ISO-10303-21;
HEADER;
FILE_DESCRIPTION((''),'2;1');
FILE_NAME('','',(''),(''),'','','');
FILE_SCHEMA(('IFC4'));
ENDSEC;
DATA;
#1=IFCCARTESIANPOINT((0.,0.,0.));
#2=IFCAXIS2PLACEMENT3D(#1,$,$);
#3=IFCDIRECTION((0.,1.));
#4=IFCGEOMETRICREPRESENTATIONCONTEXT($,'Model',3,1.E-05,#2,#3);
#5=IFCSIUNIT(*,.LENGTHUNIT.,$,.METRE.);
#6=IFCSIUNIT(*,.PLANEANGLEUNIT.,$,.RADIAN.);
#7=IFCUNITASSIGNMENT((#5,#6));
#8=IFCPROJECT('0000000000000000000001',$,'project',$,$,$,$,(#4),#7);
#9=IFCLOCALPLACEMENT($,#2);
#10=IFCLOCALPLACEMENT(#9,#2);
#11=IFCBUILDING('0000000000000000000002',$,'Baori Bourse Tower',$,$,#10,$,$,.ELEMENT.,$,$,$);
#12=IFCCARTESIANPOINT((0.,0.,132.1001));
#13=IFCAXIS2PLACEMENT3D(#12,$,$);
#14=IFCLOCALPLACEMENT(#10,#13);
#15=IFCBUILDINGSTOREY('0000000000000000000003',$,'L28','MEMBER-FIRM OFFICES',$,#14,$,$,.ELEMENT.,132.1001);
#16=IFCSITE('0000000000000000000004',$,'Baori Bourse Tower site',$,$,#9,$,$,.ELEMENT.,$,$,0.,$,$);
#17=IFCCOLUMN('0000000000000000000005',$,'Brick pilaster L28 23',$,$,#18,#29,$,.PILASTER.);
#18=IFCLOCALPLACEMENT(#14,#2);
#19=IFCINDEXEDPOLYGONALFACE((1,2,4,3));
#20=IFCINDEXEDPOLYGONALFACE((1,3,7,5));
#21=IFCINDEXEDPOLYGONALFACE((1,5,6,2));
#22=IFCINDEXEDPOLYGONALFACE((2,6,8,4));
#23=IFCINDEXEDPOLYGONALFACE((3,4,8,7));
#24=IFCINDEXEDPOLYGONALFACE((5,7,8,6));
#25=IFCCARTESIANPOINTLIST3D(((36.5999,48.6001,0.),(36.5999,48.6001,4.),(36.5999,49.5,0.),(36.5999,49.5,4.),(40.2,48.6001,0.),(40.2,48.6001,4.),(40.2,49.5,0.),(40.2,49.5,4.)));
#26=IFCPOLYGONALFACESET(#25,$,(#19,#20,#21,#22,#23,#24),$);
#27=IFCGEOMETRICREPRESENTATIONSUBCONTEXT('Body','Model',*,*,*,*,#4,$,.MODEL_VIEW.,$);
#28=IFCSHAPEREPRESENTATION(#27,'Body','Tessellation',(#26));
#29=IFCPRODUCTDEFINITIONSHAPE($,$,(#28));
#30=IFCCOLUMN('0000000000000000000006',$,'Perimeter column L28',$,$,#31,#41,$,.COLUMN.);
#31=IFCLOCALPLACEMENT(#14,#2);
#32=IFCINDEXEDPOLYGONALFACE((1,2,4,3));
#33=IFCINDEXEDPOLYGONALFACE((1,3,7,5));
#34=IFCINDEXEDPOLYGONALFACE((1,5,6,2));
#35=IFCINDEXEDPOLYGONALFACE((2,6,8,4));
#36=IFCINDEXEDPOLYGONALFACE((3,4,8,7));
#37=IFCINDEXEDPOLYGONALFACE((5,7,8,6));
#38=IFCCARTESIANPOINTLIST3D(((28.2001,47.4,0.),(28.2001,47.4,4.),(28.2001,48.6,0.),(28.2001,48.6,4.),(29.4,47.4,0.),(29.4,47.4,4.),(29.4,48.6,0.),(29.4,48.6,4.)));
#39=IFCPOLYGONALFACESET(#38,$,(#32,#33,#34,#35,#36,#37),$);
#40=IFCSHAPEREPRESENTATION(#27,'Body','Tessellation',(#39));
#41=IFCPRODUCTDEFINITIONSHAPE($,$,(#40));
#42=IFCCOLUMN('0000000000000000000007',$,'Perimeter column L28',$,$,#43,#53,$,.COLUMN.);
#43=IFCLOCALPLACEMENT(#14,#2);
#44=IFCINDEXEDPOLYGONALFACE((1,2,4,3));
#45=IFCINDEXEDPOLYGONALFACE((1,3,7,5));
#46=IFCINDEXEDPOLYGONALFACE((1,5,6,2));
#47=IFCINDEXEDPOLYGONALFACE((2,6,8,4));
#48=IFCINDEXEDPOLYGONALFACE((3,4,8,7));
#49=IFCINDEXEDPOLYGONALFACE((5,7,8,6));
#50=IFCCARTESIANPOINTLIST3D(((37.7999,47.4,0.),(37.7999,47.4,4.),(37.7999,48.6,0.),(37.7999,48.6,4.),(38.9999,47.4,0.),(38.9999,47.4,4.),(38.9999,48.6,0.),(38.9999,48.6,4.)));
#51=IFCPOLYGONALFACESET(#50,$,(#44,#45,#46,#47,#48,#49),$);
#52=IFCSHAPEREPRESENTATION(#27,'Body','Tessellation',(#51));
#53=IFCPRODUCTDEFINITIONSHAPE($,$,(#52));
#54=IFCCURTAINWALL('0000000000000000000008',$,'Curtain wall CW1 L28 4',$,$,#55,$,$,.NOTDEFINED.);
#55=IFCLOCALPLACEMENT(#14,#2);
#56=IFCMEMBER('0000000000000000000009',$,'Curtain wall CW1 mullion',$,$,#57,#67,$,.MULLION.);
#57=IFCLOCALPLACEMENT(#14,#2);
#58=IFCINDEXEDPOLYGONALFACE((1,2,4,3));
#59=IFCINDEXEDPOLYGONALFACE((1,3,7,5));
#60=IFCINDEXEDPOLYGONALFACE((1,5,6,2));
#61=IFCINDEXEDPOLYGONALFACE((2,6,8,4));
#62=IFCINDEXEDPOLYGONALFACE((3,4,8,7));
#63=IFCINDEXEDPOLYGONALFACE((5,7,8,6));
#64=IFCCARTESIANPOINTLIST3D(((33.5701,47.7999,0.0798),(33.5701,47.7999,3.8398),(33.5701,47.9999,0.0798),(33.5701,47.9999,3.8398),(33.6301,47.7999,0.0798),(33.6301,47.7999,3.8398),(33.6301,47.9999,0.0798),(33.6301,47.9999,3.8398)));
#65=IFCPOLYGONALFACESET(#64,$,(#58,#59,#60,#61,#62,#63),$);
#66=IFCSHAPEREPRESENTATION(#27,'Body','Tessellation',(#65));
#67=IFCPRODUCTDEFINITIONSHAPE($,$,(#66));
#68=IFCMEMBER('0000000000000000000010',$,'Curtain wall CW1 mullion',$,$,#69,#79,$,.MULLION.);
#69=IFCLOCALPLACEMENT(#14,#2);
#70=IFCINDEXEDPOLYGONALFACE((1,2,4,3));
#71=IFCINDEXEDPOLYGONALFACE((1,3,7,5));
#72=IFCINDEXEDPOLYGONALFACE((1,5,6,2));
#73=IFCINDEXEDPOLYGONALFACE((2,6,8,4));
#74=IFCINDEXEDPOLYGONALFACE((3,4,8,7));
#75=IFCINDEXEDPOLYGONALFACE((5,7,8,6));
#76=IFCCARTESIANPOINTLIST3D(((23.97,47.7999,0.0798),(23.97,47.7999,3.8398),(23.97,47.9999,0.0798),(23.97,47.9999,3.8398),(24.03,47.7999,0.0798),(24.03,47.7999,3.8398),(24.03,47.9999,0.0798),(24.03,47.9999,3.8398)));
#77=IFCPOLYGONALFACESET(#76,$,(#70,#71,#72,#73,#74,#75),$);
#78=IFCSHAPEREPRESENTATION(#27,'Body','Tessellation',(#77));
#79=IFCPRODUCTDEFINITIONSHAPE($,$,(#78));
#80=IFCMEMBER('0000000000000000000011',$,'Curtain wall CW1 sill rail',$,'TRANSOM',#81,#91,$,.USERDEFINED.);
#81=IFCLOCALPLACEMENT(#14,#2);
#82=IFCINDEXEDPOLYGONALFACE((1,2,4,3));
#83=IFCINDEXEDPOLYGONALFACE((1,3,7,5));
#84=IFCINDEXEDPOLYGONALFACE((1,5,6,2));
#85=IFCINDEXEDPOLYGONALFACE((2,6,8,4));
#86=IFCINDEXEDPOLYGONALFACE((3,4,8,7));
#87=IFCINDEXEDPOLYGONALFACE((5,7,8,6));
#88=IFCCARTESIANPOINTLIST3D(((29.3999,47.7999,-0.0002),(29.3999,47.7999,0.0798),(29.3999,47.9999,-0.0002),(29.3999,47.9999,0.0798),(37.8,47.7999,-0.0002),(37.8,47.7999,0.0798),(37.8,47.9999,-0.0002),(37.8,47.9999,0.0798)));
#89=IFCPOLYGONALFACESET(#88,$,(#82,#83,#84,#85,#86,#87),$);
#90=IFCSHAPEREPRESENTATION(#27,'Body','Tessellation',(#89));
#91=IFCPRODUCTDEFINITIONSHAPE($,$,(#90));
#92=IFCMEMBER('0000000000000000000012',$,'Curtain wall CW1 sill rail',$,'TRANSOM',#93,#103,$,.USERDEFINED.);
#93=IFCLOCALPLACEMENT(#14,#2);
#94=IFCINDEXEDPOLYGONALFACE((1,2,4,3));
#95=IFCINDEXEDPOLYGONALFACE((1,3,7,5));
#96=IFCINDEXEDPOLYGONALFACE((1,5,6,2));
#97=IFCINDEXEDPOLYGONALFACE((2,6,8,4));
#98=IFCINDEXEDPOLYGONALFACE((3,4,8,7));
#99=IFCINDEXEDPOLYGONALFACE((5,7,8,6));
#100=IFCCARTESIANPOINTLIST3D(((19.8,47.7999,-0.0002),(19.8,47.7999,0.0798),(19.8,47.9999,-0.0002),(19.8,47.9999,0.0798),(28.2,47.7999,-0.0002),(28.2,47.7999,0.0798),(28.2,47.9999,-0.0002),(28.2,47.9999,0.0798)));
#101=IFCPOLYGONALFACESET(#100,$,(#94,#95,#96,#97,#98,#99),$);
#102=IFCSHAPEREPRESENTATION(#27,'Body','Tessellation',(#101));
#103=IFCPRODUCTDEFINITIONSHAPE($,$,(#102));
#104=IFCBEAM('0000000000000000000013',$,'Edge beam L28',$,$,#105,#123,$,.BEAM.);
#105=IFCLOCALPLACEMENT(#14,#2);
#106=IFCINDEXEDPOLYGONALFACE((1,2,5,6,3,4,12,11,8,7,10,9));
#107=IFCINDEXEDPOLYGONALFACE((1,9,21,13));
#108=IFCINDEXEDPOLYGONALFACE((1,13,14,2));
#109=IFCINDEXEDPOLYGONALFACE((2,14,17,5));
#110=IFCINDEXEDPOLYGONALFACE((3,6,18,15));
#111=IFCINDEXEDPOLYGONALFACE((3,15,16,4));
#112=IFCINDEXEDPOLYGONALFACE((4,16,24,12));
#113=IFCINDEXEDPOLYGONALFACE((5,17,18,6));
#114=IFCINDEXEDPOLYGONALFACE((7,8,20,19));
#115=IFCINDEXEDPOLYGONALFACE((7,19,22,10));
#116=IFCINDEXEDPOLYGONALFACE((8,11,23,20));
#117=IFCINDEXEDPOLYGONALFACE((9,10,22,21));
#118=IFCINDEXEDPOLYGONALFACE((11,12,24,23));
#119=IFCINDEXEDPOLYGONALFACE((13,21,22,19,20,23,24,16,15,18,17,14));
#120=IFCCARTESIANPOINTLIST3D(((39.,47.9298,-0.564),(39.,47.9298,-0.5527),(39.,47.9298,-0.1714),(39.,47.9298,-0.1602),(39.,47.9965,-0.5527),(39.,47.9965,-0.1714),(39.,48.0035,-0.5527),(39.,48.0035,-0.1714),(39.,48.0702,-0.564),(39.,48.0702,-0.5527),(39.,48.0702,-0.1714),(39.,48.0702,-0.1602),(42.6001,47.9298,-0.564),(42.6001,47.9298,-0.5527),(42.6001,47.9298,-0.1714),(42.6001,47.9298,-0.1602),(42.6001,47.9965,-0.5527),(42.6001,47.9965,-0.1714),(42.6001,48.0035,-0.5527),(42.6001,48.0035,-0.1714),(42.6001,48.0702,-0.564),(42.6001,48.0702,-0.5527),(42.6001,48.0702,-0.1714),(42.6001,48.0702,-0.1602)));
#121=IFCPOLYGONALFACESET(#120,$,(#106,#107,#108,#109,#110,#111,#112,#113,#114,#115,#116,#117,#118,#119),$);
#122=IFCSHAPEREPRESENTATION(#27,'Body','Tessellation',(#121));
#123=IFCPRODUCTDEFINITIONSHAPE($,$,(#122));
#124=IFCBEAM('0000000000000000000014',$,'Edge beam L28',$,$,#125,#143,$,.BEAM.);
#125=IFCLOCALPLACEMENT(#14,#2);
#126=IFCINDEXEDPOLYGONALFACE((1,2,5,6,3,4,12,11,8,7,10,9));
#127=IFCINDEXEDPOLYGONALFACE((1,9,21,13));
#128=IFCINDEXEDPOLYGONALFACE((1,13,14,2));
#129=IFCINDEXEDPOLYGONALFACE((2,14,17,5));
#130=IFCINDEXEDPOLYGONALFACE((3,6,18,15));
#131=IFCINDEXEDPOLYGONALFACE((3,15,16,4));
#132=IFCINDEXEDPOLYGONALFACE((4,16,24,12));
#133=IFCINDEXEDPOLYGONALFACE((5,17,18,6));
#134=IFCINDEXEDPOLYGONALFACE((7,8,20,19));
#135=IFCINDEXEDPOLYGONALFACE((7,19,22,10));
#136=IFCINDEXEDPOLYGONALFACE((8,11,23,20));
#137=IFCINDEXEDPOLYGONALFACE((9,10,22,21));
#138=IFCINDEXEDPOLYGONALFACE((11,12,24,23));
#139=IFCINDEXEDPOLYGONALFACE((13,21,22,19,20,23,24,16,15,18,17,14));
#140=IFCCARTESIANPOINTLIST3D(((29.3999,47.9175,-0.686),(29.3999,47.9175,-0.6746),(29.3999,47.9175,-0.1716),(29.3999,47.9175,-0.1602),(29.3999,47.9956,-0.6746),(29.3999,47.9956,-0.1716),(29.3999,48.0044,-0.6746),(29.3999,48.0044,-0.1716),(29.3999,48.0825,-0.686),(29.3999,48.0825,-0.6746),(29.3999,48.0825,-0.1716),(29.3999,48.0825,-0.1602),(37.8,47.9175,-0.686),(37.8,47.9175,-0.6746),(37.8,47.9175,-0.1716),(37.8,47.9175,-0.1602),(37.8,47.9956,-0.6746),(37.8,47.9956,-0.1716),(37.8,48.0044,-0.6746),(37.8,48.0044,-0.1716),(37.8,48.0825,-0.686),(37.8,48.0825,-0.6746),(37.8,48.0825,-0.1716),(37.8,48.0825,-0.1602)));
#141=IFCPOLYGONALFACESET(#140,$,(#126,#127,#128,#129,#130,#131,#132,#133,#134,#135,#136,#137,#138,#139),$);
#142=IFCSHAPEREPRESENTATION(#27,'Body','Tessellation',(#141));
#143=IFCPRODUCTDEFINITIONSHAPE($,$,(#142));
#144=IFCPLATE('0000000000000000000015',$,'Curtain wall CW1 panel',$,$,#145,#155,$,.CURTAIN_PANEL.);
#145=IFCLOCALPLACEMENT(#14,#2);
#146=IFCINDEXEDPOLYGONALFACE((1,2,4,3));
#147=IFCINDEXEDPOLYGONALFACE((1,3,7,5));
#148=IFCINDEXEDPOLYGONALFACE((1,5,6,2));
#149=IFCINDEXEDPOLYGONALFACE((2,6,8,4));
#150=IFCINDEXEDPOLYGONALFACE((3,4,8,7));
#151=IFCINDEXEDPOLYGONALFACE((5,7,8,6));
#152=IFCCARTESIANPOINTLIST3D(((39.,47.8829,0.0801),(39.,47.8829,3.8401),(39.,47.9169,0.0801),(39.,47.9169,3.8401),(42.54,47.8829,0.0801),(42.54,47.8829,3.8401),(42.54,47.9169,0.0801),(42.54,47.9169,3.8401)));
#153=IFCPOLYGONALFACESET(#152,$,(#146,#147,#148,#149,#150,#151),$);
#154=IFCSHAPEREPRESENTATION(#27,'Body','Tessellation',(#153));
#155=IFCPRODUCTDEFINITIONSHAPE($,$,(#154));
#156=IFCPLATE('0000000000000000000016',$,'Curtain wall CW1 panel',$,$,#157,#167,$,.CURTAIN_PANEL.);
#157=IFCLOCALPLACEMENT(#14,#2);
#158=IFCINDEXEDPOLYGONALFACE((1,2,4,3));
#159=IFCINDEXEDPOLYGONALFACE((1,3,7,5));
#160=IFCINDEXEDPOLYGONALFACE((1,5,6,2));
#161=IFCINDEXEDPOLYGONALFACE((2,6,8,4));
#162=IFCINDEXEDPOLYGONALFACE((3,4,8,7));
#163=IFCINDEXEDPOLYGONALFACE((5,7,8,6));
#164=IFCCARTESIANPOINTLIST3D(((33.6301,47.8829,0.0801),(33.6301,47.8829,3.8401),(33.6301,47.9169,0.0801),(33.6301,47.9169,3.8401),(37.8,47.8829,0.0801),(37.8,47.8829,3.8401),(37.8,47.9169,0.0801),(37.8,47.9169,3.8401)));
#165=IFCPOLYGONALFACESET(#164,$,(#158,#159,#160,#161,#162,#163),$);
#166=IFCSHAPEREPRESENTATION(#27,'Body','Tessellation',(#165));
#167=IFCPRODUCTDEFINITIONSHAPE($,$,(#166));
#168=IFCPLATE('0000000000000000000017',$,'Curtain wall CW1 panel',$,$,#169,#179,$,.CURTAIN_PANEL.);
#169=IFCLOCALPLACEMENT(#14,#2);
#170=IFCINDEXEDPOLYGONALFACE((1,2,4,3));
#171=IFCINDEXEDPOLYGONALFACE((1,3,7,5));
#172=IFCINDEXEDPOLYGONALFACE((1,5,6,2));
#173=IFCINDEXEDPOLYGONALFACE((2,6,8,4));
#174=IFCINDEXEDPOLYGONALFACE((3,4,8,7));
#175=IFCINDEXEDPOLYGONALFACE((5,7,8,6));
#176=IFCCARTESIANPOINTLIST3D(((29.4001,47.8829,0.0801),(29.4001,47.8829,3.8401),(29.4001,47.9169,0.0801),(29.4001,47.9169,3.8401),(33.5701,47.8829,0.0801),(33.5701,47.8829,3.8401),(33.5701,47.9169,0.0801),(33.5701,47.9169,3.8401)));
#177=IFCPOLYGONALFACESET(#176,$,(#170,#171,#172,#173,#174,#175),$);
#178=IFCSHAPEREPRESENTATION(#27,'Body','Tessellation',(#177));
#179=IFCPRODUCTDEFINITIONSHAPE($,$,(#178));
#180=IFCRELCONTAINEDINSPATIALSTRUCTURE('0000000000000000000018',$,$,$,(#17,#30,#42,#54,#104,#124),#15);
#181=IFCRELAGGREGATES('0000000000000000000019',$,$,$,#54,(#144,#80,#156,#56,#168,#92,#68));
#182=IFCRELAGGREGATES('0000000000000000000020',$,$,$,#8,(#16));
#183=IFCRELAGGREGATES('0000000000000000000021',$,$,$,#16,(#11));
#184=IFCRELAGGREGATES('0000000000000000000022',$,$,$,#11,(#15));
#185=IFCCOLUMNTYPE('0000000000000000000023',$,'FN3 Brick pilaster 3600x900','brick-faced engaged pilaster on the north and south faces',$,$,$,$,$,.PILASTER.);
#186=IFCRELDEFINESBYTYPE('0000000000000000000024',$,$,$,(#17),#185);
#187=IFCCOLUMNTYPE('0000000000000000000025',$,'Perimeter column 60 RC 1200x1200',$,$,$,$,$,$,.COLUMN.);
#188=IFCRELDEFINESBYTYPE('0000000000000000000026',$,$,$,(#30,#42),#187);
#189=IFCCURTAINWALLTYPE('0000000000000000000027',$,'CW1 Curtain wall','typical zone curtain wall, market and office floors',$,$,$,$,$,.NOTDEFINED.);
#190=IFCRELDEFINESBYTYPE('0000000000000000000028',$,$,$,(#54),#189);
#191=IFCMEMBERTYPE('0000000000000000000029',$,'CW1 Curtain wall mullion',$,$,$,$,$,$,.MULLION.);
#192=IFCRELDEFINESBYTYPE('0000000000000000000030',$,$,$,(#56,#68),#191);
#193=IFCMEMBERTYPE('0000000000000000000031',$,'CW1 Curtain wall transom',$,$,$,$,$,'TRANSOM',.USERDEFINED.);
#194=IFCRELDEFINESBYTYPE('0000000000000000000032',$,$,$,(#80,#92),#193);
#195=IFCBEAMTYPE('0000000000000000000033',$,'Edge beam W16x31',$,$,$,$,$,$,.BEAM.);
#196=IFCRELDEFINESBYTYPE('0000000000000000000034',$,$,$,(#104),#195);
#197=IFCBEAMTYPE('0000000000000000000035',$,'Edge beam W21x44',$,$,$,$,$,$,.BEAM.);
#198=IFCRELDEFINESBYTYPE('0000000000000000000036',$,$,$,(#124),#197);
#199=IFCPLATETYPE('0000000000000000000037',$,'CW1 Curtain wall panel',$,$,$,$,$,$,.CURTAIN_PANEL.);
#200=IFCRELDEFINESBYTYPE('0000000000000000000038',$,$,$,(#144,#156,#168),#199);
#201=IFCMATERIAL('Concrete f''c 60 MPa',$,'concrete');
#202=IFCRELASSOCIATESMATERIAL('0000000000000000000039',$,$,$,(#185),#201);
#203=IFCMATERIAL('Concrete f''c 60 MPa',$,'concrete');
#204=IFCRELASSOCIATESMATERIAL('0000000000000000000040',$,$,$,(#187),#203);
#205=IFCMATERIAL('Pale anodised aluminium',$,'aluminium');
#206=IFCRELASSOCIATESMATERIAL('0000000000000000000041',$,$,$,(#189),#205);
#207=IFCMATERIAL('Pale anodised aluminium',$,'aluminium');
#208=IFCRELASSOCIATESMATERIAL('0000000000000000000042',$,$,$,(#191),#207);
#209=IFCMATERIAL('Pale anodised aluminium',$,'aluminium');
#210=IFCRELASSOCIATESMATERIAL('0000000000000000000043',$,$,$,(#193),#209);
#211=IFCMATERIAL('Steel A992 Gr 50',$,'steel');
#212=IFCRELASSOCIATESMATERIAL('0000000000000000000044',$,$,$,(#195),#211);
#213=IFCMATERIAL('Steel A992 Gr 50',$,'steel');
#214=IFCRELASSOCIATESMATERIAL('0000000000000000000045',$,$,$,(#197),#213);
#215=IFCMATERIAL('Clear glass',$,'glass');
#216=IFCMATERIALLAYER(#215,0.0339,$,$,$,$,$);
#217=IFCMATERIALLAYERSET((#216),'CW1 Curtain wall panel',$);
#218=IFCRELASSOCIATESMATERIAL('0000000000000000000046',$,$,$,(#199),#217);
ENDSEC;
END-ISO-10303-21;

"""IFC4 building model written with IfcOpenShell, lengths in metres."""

from ifc_helpers import new_model, si_unit, direction, frame, origin, origin_2d, place, context, subcontext, project, spatial, rectangle, i_section, extrude, material, layer, layer_set, material_profile, profile_set, type_object, element, aggregate, save


model = new_model("IFC4")

# Units and contexts
model_context = context("Model", 3, precision=1e-05, world=origin(), true_north=direction((0.0, 1.0)))
body_context = subcontext(model_context, "Body", "Model", "MODEL_VIEW")
ifc_project = project(units=[si_unit("LENGTHUNIT", "METRE"), si_unit("PLANEANGLEUNIT", "RADIAN")], contexts=[model_context])

# Site, building, storey
site_placement = place(None, origin())
site = spatial("IfcSite", under=ifc_project, at=site_placement, Name="Baori Bourse Tower site", CompositionType="ELEMENT", RefElevation=0.0)
building_placement = place(site_placement, origin())
building = spatial("IfcBuilding", under=site, at=building_placement, Name="Baori Bourse Tower", CompositionType="ELEMENT")
storey_placement = place(building_placement, frame((0.0, 0.0, 132.1001)))
storey = spatial("IfcBuildingStorey", under=building, at=storey_placement, Name="L28", Description="MEMBER-FIRM OFFICES", CompositionType="ELEMENT", Elevation=132.1001)

# Columns
ifc_material_1 = material(Name="Concrete f'c 60 MPa", Category="concrete")
ifc_material_profile_1 = material_profile(ifc_material_1, rectangle(XDim=3.6001, YDim=0.8999, at=origin_2d()), Name="RC 3600x900")
ifc_profile_set_1 = profile_set([ifc_material_profile_1], Name="Concrete f'c 60 MPa")
column_type_1 = type_object("IfcColumnType", Name="FN3 Brick pilaster 3600x900", Description="brick-faced engaged pilaster on the north and south faces", PredefinedType="PILASTER", material=ifc_profile_set_1)
column_placement = place(storey_placement, frame((38.3999, 49.05, 0.0), z_axis=(0.0, 0.0, 1.0), x_axis=(1.0, 0.0, 0.0)))
element("IfcColumn", 1, at=column_placement, inside=storey, type_object=column_type_1, Name="Brick pilaster L28 23", PredefinedType="PILASTER", context=body_context, shape_type="SweptSolid", body=[
    extrude(rectangle(XDim=3.6001, YDim=0.8999, at=origin_2d()), origin(), (0.0, 0.0, 1.0), 4.0),
])
ifc_material_2 = material(Name="Concrete f'c 60 MPa", Category="concrete")
ifc_material_profile_2 = material_profile(ifc_material_2, rectangle(XDim=1.2, YDim=1.2, at=origin_2d()), Name="RC 1200x1200")
ifc_profile_set_2 = profile_set([ifc_material_profile_2], Name="Concrete f'c 60 MPa")
column_type_2 = type_object("IfcColumnType", Name="Perimeter column 60 RC 1200x1200", PredefinedType="COLUMN", material=ifc_profile_set_2)
for number, where, z_axis, x_axis, name in (
    (2, (28.8, 48.0, 0.0), (0.0, 0.0, 1.0), (1.0, 0.0, 0.0), "Perimeter column L28"),
    (3, (38.3999, 48.0, 0.0), (0.0, 0.0, 1.0), (1.0, 0.0, 0.0), "Perimeter column L28"),
):
    element("IfcColumn", number, at=place(storey_placement, frame(where, z_axis=z_axis, x_axis=x_axis)), inside=storey, type_object=column_type_2, Name=name, PredefinedType="COLUMN", context=body_context, shape_type="SweptSolid", body=[
        extrude(rectangle(XDim=1.2, YDim=1.2, at=origin_2d()), origin(), (0.0, 0.0, 1.0), 4.0),
    ])

# Curtain wall, members
ifc_material_3 = material(Name="Pale anodised aluminium", Category="aluminium")
curtain_wall_type = type_object("IfcCurtainWallType", Name="CW1 Curtain wall", Description="typical zone curtain wall, market and office floors", PredefinedType="NOTDEFINED", material=ifc_material_3)
curtain_wall_placement = place(storey_placement, origin())
curtain_wall = element("IfcCurtainWall", 4, at=curtain_wall_placement, inside=storey, type_object=curtain_wall_type, Name="Curtain wall CW1 L28 4", PredefinedType="NOTDEFINED")
ifc_material_4 = material(Name="Pale anodised aluminium", Category="aluminium")
ifc_material_profile_3 = material_profile(ifc_material_4, rectangle(XDim=0.2, YDim=0.0601, at=origin_2d()), Name="Mullion 60x200")
ifc_profile_set_3 = profile_set([ifc_material_profile_3], Name="Pale anodised aluminium")
member_type_1 = type_object("IfcMemberType", Name="CW1 Curtain wall mullion", PredefinedType="MULLION", material=ifc_profile_set_3)
member_1_placement = place(storey_placement, frame((33.6001, 47.8999, 0.0798), z_axis=(0.0, 0.0, 1.0), x_axis=(0.0, -1.0, 0.0)))
member_1 = element("IfcMember", 5, at=member_1_placement, type_object=member_type_1, Name="Curtain wall CW1 mullion", PredefinedType="MULLION", context=body_context, shape_type="SweptSolid", body=[
    extrude(rectangle(XDim=0.2, YDim=0.0601, at=origin_2d()), origin(), (0.0, 0.0, 1.0), 3.76),
])
member_2_placement = place(storey_placement, frame((24.0, 47.8999, 0.0798), z_axis=(0.0, 0.0, 1.0), x_axis=(0.0, -1.0, 0.0)))
member_2 = element("IfcMember", 6, at=member_2_placement, type_object=member_type_1, Name="Curtain wall CW1 mullion", PredefinedType="MULLION", context=body_context, shape_type="SweptSolid", body=[
    extrude(rectangle(XDim=0.2, YDim=0.0601, at=origin_2d()), origin(), (0.0, 0.0, 1.0), 3.76),
])
ifc_material_5 = material(Name="Pale anodised aluminium", Category="aluminium")
ifc_material_profile_4 = material_profile(ifc_material_5, rectangle(XDim=0.2, YDim=0.0801, at=origin_2d()), Name="Transom 80x200")
ifc_profile_set_4 = profile_set([ifc_material_profile_4], Name="Pale anodised aluminium")
member_type_2 = type_object("IfcMemberType", Name="CW1 Curtain wall transom", ElementType="TRANSOM", PredefinedType="USERDEFINED", material=ifc_profile_set_4)
member_3_placement = place(storey_placement, frame((37.8, 47.8999, 0.0398), z_axis=(-1.0, 0.0, 0.0), x_axis=(0.0, -1.0, 0.0)))
member_3 = element("IfcMember", 7, at=member_3_placement, type_object=member_type_2, Name="Curtain wall CW1 sill rail", ObjectType="TRANSOM", PredefinedType="USERDEFINED", context=body_context, shape_type="SweptSolid", body=[
    extrude(rectangle(XDim=0.2, YDim=0.0801, at=origin_2d()), origin(), (0.0, 0.0, 1.0), 8.4001),
])
member_4_placement = place(storey_placement, frame((28.2, 47.8999, 0.0398), z_axis=(-1.0, 0.0, 0.0), x_axis=(0.0, -1.0, 0.0)))
member_4 = element("IfcMember", 8, at=member_4_placement, type_object=member_type_2, Name="Curtain wall CW1 sill rail", ObjectType="TRANSOM", PredefinedType="USERDEFINED", context=body_context, shape_type="SweptSolid", body=[
    extrude(rectangle(XDim=0.2, YDim=0.0801, at=origin_2d()), origin(), (0.0, 0.0, 1.0), 8.3999),
])

# Beams
ifc_material_6 = material(Name="Steel A992 Gr 50", Category="steel")
ifc_material_profile_5 = material_profile(ifc_material_6, i_section(OverallWidth=0.1404, OverallDepth=0.4038, WebThickness=0.0071, FlangeThickness=0.0112, at=origin_2d()), Name="W16x31")
ifc_profile_set_5 = profile_set([ifc_material_profile_5], Name="Steel A992 Gr 50")
beam_type_1 = type_object("IfcBeamType", Name="Edge beam W16x31", PredefinedType="BEAM", material=ifc_profile_set_5)
beam_1_placement = place(storey_placement, frame((39.0, 48.0, -0.3621), z_axis=(1.0, 0.0, 0.0), x_axis=(0.0, 1.0, 0.0)))
element("IfcBeam", 9, at=beam_1_placement, inside=storey, type_object=beam_type_1, Name="Edge beam L28", PredefinedType="BEAM", context=body_context, shape_type="SweptSolid", body=[
    extrude(i_section(OverallWidth=0.1404, OverallDepth=0.4038, WebThickness=0.0071, FlangeThickness=0.0112, at=origin_2d()), origin(), (0.0, 0.0, 1.0), 3.6001),
])
ifc_material_7 = material(Name="Steel A992 Gr 50", Category="steel")
ifc_material_profile_6 = material_profile(ifc_material_7, i_section(OverallWidth=0.165, OverallDepth=0.5259, WebThickness=0.0088, FlangeThickness=0.0115, at=origin_2d()), Name="W21x44")
ifc_profile_set_6 = profile_set([ifc_material_profile_6], Name="Steel A992 Gr 50")
beam_type_2 = type_object("IfcBeamType", Name="Edge beam W21x44", PredefinedType="BEAM", material=ifc_profile_set_6)
beam_2_placement = place(storey_placement, frame((29.3999, 48.0, -0.4231), z_axis=(1.0, 0.0, 0.0), x_axis=(0.0, 1.0, 0.0)))
element("IfcBeam", 10, at=beam_2_placement, inside=storey, type_object=beam_type_2, Name="Edge beam L28", PredefinedType="BEAM", context=body_context, shape_type="SweptSolid", body=[
    extrude(i_section(OverallWidth=0.165, OverallDepth=0.5259, WebThickness=0.0088, FlangeThickness=0.0115, at=origin_2d()), origin(), (0.0, 0.0, 1.0), 8.4001),
])

# Plates
ifc_material_8 = material(Name="Clear glass", Category="glass")
ifc_layer_1 = layer(ifc_material_8, 0.0339)
ifc_layer_set_1 = layer_set([ifc_layer_1], Name="CW1 Curtain wall panel")
plate_type = type_object("IfcPlateType", Name="CW1 Curtain wall panel", PredefinedType="CURTAIN_PANEL", material=ifc_layer_set_1)
plate_1_placement = place(storey_placement, frame((40.77, 47.8999, 0.0801), z_axis=(0.0, 0.0, 1.0), x_axis=(-1.0, 0.0, 0.0)))
plate_1 = element("IfcPlate", 11, at=plate_1_placement, type_object=plate_type, Name="Curtain wall CW1 panel", PredefinedType="CURTAIN_PANEL", context=body_context, shape_type="SweptSolid", body=[
    extrude(rectangle(XDim=3.54, YDim=0.0339, at=origin_2d()), origin(), (0.0, 0.0, 1.0), 3.76),
])
plate_2_placement = place(storey_placement, frame((35.7151, 47.8999, 0.0801), z_axis=(0.0, 0.0, 1.0), x_axis=(-1.0, 0.0, 0.0)))
plate_2 = element("IfcPlate", 12, at=plate_2_placement, type_object=plate_type, Name="Curtain wall CW1 panel", PredefinedType="CURTAIN_PANEL", context=body_context, shape_type="SweptSolid", body=[
    extrude(rectangle(XDim=4.1699, YDim=0.0339, at=origin_2d()), origin(), (0.0, 0.0, 1.0), 3.76),
])
plate_3_placement = place(storey_placement, frame((31.4851, 47.8999, 0.0801), z_axis=(0.0, 0.0, 1.0), x_axis=(-1.0, 0.0, 0.0)))
plate_3 = element("IfcPlate", 13, at=plate_3_placement, type_object=plate_type, Name="Curtain wall CW1 panel", PredefinedType="CURTAIN_PANEL", context=body_context, shape_type="SweptSolid", body=[
    extrude(rectangle(XDim=4.1699, YDim=0.0339, at=origin_2d()), origin(), (0.0, 0.0, 1.0), 3.76),
])
aggregate(curtain_wall, [plate_1, member_3, plate_2, member_1, plate_3, member_4, member_2])

save(model, "model.ifc")
